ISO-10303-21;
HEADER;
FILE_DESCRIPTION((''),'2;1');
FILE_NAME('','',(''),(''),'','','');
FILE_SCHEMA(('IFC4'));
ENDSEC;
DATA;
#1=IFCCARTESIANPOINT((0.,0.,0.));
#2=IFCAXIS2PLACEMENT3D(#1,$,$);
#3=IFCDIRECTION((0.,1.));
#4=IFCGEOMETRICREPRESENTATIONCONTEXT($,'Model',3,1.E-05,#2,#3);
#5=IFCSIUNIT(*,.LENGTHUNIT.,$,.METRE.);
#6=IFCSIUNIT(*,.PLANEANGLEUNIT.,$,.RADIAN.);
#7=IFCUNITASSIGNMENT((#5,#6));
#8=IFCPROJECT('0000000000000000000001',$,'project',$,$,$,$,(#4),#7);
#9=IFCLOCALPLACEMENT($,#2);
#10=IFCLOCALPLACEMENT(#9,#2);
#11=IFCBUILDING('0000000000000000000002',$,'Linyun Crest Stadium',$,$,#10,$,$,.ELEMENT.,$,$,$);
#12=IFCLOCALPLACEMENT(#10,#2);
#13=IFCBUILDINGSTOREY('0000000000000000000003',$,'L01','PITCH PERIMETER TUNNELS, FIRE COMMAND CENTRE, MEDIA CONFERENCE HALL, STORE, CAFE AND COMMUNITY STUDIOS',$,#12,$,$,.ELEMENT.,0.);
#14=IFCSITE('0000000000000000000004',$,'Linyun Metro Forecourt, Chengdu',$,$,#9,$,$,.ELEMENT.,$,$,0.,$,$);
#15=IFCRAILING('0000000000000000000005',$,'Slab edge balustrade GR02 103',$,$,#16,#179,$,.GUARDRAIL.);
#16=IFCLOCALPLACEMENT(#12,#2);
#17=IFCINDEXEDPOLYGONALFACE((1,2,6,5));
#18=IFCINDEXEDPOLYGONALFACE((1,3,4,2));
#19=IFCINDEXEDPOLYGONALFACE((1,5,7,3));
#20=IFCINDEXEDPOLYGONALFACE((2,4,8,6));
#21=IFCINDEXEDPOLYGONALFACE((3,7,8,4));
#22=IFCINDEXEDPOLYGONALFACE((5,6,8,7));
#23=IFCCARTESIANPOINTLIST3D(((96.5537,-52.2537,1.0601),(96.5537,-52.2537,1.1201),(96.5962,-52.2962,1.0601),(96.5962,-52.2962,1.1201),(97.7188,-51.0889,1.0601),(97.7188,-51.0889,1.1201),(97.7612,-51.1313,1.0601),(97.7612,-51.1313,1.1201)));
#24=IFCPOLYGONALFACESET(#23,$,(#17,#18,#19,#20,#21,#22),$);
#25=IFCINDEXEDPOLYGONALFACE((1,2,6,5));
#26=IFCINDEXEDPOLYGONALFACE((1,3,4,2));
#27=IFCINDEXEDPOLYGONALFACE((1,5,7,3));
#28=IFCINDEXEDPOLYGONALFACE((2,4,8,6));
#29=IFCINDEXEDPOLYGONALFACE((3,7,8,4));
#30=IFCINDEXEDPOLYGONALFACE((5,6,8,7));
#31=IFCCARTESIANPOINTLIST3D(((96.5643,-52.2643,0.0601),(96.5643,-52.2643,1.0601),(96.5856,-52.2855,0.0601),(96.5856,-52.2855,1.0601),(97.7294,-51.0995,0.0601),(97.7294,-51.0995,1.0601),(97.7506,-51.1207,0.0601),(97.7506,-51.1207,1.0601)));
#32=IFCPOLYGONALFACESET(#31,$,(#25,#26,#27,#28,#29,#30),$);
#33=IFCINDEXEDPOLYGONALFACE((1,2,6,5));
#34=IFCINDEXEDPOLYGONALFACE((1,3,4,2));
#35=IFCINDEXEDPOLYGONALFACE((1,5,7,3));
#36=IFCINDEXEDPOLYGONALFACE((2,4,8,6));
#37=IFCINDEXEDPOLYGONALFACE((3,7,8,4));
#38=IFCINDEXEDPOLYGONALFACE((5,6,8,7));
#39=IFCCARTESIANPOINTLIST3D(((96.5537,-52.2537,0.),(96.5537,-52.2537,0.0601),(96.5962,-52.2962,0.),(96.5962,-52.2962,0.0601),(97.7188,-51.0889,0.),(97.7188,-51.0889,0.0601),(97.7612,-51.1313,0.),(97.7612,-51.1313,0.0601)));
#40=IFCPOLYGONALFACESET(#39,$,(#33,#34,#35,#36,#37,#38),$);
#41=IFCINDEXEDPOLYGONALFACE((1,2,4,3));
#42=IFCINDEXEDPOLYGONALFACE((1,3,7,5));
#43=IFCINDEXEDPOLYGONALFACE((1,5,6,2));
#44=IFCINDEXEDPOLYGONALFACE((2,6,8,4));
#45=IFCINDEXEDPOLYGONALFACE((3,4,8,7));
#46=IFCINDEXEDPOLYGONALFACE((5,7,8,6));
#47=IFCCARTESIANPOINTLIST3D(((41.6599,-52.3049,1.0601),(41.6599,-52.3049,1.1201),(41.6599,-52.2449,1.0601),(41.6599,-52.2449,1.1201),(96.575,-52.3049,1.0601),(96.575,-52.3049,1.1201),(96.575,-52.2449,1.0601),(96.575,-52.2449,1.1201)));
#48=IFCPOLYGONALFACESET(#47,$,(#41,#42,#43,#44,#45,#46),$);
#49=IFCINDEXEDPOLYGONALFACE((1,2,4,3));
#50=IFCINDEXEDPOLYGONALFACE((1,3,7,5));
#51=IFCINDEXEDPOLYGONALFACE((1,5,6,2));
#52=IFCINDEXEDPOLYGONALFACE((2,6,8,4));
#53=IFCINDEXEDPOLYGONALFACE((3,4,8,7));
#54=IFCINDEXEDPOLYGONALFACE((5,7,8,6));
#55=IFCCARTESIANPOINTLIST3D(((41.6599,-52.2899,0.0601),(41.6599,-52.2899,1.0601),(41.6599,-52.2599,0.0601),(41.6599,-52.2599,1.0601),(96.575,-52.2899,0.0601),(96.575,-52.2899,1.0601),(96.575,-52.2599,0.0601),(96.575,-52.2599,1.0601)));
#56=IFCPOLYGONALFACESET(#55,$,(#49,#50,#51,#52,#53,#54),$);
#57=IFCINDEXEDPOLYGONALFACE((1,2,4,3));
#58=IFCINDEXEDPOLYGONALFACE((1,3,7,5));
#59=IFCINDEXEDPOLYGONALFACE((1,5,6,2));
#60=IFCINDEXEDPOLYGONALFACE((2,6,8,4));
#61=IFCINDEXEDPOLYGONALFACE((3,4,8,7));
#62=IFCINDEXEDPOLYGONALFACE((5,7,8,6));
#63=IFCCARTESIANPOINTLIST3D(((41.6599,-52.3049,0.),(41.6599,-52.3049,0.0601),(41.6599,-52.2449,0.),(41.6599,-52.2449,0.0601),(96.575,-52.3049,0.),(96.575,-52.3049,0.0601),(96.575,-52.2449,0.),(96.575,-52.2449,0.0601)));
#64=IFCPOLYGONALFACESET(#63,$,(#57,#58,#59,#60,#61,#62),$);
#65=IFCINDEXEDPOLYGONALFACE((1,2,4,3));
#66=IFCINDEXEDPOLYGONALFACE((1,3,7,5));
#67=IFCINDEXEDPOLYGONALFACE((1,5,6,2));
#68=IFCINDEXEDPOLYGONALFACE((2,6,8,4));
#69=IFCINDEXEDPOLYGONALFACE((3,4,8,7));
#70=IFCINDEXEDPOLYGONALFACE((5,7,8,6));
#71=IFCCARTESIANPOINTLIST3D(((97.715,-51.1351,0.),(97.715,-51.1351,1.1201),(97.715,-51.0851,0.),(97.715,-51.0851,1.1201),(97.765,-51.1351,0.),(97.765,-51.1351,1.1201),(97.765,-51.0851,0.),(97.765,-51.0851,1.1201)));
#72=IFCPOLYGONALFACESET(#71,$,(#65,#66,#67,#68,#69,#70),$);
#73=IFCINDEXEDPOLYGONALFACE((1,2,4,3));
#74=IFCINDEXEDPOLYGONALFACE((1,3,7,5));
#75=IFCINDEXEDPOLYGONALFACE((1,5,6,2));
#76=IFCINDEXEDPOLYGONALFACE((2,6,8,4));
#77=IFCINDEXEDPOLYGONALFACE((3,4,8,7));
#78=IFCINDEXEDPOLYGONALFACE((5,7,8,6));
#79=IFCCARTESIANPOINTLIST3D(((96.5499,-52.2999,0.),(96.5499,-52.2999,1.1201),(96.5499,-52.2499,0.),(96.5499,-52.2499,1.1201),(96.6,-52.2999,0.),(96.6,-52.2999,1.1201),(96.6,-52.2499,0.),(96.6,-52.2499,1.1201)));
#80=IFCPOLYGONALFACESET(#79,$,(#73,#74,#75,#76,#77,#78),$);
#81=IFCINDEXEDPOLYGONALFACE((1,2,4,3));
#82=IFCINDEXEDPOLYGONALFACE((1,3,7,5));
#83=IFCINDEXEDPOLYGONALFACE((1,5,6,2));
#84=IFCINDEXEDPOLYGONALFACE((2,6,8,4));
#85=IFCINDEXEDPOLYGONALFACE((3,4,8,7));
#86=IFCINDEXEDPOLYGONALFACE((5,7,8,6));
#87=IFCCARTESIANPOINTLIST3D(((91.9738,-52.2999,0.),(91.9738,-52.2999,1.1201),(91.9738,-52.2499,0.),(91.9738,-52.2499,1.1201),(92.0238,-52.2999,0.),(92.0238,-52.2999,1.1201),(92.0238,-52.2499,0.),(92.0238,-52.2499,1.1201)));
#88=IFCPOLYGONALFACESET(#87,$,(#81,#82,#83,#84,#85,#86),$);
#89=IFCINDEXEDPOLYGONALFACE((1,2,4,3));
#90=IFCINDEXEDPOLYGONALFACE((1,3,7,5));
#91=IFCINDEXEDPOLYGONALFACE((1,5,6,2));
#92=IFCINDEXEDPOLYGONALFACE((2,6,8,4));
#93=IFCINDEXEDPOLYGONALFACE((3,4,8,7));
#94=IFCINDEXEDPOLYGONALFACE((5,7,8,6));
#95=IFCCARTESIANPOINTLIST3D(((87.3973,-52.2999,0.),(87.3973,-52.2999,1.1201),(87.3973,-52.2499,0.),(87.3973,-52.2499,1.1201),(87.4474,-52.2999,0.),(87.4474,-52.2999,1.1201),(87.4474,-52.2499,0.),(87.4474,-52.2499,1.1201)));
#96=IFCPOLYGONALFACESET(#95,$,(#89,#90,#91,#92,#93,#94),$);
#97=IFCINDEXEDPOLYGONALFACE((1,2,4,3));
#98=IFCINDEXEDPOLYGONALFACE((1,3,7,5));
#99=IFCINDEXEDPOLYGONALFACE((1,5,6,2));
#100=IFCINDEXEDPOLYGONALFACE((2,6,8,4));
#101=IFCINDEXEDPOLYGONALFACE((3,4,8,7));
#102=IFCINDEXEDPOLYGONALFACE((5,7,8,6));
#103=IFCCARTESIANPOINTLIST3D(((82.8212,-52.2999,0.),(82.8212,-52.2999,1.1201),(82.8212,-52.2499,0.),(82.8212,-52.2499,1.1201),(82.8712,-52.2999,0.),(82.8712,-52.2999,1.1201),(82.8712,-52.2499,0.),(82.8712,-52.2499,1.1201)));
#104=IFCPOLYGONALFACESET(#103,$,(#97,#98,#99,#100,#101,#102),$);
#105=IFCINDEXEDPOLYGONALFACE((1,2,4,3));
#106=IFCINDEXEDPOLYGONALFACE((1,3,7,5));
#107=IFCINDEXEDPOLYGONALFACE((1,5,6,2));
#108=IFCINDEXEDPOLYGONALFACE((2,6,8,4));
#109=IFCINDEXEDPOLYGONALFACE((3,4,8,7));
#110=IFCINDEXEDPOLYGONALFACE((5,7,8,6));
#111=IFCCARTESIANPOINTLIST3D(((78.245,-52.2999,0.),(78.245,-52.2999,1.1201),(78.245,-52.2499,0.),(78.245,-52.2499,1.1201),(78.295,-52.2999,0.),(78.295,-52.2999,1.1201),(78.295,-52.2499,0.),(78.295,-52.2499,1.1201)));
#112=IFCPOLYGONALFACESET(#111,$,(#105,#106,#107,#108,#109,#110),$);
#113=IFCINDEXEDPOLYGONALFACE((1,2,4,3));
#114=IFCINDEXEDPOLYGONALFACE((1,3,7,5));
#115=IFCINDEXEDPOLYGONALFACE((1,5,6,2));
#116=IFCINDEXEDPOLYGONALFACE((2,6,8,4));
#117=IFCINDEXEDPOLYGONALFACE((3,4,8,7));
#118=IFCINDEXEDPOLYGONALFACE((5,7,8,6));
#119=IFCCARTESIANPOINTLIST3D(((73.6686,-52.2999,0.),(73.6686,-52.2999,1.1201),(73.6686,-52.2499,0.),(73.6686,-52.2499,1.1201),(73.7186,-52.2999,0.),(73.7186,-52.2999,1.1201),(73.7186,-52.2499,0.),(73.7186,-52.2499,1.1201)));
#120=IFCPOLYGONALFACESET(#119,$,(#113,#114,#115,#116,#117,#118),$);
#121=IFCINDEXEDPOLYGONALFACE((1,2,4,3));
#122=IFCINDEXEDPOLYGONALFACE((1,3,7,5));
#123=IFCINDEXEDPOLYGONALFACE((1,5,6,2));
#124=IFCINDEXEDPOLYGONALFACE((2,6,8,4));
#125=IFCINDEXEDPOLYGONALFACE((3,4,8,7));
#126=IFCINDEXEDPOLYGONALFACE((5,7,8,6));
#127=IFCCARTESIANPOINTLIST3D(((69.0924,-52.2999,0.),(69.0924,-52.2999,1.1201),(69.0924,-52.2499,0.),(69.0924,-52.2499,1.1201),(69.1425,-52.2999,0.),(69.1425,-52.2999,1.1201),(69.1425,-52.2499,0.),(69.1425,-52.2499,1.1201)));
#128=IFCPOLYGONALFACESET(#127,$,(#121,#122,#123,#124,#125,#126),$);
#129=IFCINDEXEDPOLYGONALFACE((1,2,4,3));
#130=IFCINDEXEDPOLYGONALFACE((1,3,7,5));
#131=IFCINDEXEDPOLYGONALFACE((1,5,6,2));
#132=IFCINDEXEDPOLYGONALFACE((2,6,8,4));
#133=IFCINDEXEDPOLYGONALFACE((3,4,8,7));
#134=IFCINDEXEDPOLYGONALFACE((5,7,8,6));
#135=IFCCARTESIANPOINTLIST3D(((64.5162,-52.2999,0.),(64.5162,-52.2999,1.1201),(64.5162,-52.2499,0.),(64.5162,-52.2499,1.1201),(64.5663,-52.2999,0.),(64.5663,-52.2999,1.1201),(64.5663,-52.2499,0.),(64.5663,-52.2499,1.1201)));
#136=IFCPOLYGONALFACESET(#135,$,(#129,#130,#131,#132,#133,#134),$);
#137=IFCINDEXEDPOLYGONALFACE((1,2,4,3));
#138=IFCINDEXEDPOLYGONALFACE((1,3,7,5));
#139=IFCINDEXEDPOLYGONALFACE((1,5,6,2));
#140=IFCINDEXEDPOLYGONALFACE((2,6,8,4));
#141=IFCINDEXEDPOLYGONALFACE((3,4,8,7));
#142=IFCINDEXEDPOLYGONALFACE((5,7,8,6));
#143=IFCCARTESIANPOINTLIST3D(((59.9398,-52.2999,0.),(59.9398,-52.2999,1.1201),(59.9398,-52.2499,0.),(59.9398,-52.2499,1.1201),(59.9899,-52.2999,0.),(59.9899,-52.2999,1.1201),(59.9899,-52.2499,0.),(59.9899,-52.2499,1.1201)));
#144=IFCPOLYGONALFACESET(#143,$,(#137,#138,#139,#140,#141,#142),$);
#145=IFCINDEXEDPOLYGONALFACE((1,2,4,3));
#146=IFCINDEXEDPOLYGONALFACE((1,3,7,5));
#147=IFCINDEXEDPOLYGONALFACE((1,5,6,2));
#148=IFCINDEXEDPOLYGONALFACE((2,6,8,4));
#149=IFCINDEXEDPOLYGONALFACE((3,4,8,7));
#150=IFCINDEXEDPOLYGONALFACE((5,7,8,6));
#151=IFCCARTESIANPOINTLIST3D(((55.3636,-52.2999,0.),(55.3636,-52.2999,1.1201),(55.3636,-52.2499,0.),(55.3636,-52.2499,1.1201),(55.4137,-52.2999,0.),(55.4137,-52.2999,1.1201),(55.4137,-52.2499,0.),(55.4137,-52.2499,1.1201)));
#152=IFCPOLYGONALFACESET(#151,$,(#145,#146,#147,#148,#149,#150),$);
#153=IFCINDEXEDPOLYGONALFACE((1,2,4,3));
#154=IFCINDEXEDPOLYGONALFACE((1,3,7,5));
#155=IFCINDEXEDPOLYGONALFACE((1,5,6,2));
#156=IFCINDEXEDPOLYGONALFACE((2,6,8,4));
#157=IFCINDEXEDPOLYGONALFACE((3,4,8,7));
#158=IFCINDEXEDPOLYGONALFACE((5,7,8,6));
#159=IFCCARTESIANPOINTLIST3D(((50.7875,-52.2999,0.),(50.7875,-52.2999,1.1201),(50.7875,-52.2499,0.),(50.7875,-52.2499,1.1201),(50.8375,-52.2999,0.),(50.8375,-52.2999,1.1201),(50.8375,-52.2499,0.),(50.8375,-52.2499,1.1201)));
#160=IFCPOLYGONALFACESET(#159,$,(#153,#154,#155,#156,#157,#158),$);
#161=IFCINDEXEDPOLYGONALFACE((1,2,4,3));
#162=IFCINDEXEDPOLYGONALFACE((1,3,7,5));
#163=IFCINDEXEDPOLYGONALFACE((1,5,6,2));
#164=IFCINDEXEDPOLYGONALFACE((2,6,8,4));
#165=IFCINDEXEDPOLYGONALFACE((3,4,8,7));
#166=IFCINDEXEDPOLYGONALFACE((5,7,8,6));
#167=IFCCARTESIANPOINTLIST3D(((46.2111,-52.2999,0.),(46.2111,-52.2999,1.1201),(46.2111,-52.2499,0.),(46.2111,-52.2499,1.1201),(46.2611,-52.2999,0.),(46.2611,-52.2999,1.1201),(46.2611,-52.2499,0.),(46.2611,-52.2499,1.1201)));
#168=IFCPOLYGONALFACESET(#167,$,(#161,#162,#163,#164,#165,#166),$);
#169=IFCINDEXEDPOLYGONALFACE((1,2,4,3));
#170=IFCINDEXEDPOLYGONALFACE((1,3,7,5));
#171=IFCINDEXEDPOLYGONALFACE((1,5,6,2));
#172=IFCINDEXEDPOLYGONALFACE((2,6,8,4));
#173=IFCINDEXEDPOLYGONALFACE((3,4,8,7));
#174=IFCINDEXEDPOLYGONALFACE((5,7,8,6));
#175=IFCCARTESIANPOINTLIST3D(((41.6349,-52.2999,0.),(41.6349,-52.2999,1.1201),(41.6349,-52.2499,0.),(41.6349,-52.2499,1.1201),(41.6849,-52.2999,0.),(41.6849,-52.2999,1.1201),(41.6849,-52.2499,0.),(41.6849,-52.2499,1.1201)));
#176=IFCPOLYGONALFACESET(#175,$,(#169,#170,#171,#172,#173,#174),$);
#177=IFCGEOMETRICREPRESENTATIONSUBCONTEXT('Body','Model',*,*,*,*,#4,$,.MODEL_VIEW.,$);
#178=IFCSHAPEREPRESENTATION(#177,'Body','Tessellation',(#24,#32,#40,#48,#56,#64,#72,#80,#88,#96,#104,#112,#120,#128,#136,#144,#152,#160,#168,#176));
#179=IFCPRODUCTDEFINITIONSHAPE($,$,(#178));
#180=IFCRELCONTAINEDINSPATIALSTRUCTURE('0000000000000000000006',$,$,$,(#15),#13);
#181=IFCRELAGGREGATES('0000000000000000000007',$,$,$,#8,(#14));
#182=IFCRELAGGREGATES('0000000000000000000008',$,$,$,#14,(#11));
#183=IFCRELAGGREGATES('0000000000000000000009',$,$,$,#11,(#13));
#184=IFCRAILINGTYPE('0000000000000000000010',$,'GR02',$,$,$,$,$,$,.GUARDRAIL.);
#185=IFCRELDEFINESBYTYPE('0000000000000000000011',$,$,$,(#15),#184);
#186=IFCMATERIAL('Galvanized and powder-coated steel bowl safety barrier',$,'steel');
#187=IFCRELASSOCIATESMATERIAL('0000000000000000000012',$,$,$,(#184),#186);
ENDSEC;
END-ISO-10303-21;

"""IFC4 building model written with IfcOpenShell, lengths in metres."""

from ifc_helpers import new_model, si_unit, direction, frame, origin, origin_2d, place, context, subcontext, project, spatial, rectangle, extrude, material, type_object, element, save


model = new_model("IFC4")

# Units and contexts
model_context = context("Model", 3, precision=1e-05, world=origin(), true_north=direction((0.0, 1.0)))
body_context = subcontext(model_context, "Body", "Model", "MODEL_VIEW")
ifc_project = project(units=[si_unit("LENGTHUNIT", "METRE"), si_unit("PLANEANGLEUNIT", "RADIAN")], contexts=[model_context])

# Site, building, storey
site_placement = place(None, origin())
site = spatial("IfcSite", under=ifc_project, at=site_placement, Name="Linyun Metro Forecourt, Chengdu", CompositionType="ELEMENT", RefElevation=0.0)
building_placement = place(site_placement, origin())
building = spatial("IfcBuilding", under=site, at=building_placement, Name="Linyun Crest Stadium", CompositionType="ELEMENT")
storey_placement = place(building_placement, origin())
storey = spatial("IfcBuildingStorey", under=building, at=storey_placement, Name="L01", Description="PITCH PERIMETER TUNNELS, FIRE COMMAND CENTRE, MEDIA CONFERENCE HALL, STORE, CAFE AND COMMUNITY STUDIOS", CompositionType="ELEMENT", Elevation=0.0)

# Railing
ifc_material_1 = material(Name="Galvanized and powder-coated steel bowl safety barrier", Category="steel")
railing_type_1 = type_object("IfcRailingType", Name="GR02", PredefinedType="GUARDRAIL", material=ifc_material_1)
railing_1_placement = place(storey_placement, frame((97.74, -51.1101, 0.0)))
element("IfcRailing", 1, at=railing_1_placement, inside=storey, type_object=railing_type_1, Name="Slab edge balustrade GR02 103", PredefinedType="GUARDRAIL", context=body_context, shape_type="SweptSolid", body=[
    extrude(rectangle(XDim=0.0601, YDim=0.0601, at=origin_2d()), frame((0.0, 0.0, 1.0901), z_axis=(-0.707181, -0.707033, 0.0), x_axis=(0.707033, -0.707181, 0.0)), (0.0, 0.0, 1.0), 1.6475),
    extrude(rectangle(XDim=0.03, YDim=1.0, at=origin_2d()), frame((0.0, 0.0, 0.5601), z_axis=(-0.707181, -0.707033, 0.0), x_axis=(0.707033, -0.707181, 0.0)), (0.0, 0.0, 1.0), 1.6475),
    extrude(rectangle(XDim=0.0601, YDim=0.0601, at=origin_2d()), frame((0.0, 0.0, 0.03), z_axis=(-0.707181, -0.707033, 0.0), x_axis=(0.707033, -0.707181, 0.0)), (0.0, 0.0, 1.0), 1.6475),
    extrude(rectangle(XDim=0.0601, YDim=0.0601, at=origin_2d()), frame((-1.165, -1.1648, 1.0901), z_axis=(-1.0, 0.0, 0.0), x_axis=(0.0, -1.0, 0.0)), (0.0, 0.0, 1.0), 54.915),
    extrude(rectangle(XDim=0.03, YDim=1.0, at=origin_2d()), frame((-1.165, -1.1648, 0.5601), z_axis=(-1.0, 0.0, 0.0), x_axis=(0.0, -1.0, 0.0)), (0.0, 0.0, 1.0), 54.915),
    extrude(rectangle(XDim=0.0601, YDim=0.0601, at=origin_2d()), frame((-1.165, -1.1648, 0.03), z_axis=(-1.0, 0.0, 0.0), x_axis=(0.0, -1.0, 0.0)), (0.0, 0.0, 1.0), 54.915),
    extrude(rectangle(XDim=0.05, YDim=0.05, at=origin_2d()), origin(), (0.0, 0.0, 1.0), 1.1201),
    extrude(rectangle(XDim=0.05, YDim=0.05, at=origin_2d()), frame((-1.165, -1.1648, 0.0)), (0.0, 0.0, 1.0), 1.1201),
    extrude(rectangle(XDim=0.05, YDim=0.05, at=origin_2d()), frame((-5.7412, -1.1648, 0.0)), (0.0, 0.0, 1.0), 1.1201),
    extrude(rectangle(XDim=0.05, YDim=0.05, at=origin_2d()), frame((-10.3176, -1.1648, 0.0)), (0.0, 0.0, 1.0), 1.1201),
    extrude(rectangle(XDim=0.05, YDim=0.05, at=origin_2d()), frame((-14.8938, -1.1648, 0.0)), (0.0, 0.0, 1.0), 1.1201),
    extrude(rectangle(XDim=0.05, YDim=0.05, at=origin_2d()), frame((-19.47, -1.1648, 0.0)), (0.0, 0.0, 1.0), 1.1201),
    extrude(rectangle(XDim=0.05, YDim=0.05, at=origin_2d()), frame((-24.0464, -1.1648, 0.0)), (0.0, 0.0, 1.0), 1.1201),
    extrude(rectangle(XDim=0.05, YDim=0.05, at=origin_2d()), frame((-28.6226, -1.1648, 0.0)), (0.0, 0.0, 1.0), 1.1201),
    extrude(rectangle(XDim=0.05, YDim=0.05, at=origin_2d()), frame((-33.1987, -1.1648, 0.0)), (0.0, 0.0, 1.0), 1.1201),
    extrude(rectangle(XDim=0.05, YDim=0.05, at=origin_2d()), frame((-37.7751, -1.1648, 0.0)), (0.0, 0.0, 1.0), 1.1201),
    extrude(rectangle(XDim=0.05, YDim=0.05, at=origin_2d()), frame((-42.3513, -1.1648, 0.0)), (0.0, 0.0, 1.0), 1.1201),
    extrude(rectangle(XDim=0.05, YDim=0.05, at=origin_2d()), frame((-46.9275, -1.1648, 0.0)), (0.0, 0.0, 1.0), 1.1201),
    extrude(rectangle(XDim=0.05, YDim=0.05, at=origin_2d()), frame((-51.5039, -1.1648, 0.0)), (0.0, 0.0, 1.0), 1.1201),
    extrude(rectangle(XDim=0.05, YDim=0.05, at=origin_2d()), frame((-56.0801, -1.1648, 0.0)), (0.0, 0.0, 1.0), 1.1201),
])

save(model, "model.ifc")
